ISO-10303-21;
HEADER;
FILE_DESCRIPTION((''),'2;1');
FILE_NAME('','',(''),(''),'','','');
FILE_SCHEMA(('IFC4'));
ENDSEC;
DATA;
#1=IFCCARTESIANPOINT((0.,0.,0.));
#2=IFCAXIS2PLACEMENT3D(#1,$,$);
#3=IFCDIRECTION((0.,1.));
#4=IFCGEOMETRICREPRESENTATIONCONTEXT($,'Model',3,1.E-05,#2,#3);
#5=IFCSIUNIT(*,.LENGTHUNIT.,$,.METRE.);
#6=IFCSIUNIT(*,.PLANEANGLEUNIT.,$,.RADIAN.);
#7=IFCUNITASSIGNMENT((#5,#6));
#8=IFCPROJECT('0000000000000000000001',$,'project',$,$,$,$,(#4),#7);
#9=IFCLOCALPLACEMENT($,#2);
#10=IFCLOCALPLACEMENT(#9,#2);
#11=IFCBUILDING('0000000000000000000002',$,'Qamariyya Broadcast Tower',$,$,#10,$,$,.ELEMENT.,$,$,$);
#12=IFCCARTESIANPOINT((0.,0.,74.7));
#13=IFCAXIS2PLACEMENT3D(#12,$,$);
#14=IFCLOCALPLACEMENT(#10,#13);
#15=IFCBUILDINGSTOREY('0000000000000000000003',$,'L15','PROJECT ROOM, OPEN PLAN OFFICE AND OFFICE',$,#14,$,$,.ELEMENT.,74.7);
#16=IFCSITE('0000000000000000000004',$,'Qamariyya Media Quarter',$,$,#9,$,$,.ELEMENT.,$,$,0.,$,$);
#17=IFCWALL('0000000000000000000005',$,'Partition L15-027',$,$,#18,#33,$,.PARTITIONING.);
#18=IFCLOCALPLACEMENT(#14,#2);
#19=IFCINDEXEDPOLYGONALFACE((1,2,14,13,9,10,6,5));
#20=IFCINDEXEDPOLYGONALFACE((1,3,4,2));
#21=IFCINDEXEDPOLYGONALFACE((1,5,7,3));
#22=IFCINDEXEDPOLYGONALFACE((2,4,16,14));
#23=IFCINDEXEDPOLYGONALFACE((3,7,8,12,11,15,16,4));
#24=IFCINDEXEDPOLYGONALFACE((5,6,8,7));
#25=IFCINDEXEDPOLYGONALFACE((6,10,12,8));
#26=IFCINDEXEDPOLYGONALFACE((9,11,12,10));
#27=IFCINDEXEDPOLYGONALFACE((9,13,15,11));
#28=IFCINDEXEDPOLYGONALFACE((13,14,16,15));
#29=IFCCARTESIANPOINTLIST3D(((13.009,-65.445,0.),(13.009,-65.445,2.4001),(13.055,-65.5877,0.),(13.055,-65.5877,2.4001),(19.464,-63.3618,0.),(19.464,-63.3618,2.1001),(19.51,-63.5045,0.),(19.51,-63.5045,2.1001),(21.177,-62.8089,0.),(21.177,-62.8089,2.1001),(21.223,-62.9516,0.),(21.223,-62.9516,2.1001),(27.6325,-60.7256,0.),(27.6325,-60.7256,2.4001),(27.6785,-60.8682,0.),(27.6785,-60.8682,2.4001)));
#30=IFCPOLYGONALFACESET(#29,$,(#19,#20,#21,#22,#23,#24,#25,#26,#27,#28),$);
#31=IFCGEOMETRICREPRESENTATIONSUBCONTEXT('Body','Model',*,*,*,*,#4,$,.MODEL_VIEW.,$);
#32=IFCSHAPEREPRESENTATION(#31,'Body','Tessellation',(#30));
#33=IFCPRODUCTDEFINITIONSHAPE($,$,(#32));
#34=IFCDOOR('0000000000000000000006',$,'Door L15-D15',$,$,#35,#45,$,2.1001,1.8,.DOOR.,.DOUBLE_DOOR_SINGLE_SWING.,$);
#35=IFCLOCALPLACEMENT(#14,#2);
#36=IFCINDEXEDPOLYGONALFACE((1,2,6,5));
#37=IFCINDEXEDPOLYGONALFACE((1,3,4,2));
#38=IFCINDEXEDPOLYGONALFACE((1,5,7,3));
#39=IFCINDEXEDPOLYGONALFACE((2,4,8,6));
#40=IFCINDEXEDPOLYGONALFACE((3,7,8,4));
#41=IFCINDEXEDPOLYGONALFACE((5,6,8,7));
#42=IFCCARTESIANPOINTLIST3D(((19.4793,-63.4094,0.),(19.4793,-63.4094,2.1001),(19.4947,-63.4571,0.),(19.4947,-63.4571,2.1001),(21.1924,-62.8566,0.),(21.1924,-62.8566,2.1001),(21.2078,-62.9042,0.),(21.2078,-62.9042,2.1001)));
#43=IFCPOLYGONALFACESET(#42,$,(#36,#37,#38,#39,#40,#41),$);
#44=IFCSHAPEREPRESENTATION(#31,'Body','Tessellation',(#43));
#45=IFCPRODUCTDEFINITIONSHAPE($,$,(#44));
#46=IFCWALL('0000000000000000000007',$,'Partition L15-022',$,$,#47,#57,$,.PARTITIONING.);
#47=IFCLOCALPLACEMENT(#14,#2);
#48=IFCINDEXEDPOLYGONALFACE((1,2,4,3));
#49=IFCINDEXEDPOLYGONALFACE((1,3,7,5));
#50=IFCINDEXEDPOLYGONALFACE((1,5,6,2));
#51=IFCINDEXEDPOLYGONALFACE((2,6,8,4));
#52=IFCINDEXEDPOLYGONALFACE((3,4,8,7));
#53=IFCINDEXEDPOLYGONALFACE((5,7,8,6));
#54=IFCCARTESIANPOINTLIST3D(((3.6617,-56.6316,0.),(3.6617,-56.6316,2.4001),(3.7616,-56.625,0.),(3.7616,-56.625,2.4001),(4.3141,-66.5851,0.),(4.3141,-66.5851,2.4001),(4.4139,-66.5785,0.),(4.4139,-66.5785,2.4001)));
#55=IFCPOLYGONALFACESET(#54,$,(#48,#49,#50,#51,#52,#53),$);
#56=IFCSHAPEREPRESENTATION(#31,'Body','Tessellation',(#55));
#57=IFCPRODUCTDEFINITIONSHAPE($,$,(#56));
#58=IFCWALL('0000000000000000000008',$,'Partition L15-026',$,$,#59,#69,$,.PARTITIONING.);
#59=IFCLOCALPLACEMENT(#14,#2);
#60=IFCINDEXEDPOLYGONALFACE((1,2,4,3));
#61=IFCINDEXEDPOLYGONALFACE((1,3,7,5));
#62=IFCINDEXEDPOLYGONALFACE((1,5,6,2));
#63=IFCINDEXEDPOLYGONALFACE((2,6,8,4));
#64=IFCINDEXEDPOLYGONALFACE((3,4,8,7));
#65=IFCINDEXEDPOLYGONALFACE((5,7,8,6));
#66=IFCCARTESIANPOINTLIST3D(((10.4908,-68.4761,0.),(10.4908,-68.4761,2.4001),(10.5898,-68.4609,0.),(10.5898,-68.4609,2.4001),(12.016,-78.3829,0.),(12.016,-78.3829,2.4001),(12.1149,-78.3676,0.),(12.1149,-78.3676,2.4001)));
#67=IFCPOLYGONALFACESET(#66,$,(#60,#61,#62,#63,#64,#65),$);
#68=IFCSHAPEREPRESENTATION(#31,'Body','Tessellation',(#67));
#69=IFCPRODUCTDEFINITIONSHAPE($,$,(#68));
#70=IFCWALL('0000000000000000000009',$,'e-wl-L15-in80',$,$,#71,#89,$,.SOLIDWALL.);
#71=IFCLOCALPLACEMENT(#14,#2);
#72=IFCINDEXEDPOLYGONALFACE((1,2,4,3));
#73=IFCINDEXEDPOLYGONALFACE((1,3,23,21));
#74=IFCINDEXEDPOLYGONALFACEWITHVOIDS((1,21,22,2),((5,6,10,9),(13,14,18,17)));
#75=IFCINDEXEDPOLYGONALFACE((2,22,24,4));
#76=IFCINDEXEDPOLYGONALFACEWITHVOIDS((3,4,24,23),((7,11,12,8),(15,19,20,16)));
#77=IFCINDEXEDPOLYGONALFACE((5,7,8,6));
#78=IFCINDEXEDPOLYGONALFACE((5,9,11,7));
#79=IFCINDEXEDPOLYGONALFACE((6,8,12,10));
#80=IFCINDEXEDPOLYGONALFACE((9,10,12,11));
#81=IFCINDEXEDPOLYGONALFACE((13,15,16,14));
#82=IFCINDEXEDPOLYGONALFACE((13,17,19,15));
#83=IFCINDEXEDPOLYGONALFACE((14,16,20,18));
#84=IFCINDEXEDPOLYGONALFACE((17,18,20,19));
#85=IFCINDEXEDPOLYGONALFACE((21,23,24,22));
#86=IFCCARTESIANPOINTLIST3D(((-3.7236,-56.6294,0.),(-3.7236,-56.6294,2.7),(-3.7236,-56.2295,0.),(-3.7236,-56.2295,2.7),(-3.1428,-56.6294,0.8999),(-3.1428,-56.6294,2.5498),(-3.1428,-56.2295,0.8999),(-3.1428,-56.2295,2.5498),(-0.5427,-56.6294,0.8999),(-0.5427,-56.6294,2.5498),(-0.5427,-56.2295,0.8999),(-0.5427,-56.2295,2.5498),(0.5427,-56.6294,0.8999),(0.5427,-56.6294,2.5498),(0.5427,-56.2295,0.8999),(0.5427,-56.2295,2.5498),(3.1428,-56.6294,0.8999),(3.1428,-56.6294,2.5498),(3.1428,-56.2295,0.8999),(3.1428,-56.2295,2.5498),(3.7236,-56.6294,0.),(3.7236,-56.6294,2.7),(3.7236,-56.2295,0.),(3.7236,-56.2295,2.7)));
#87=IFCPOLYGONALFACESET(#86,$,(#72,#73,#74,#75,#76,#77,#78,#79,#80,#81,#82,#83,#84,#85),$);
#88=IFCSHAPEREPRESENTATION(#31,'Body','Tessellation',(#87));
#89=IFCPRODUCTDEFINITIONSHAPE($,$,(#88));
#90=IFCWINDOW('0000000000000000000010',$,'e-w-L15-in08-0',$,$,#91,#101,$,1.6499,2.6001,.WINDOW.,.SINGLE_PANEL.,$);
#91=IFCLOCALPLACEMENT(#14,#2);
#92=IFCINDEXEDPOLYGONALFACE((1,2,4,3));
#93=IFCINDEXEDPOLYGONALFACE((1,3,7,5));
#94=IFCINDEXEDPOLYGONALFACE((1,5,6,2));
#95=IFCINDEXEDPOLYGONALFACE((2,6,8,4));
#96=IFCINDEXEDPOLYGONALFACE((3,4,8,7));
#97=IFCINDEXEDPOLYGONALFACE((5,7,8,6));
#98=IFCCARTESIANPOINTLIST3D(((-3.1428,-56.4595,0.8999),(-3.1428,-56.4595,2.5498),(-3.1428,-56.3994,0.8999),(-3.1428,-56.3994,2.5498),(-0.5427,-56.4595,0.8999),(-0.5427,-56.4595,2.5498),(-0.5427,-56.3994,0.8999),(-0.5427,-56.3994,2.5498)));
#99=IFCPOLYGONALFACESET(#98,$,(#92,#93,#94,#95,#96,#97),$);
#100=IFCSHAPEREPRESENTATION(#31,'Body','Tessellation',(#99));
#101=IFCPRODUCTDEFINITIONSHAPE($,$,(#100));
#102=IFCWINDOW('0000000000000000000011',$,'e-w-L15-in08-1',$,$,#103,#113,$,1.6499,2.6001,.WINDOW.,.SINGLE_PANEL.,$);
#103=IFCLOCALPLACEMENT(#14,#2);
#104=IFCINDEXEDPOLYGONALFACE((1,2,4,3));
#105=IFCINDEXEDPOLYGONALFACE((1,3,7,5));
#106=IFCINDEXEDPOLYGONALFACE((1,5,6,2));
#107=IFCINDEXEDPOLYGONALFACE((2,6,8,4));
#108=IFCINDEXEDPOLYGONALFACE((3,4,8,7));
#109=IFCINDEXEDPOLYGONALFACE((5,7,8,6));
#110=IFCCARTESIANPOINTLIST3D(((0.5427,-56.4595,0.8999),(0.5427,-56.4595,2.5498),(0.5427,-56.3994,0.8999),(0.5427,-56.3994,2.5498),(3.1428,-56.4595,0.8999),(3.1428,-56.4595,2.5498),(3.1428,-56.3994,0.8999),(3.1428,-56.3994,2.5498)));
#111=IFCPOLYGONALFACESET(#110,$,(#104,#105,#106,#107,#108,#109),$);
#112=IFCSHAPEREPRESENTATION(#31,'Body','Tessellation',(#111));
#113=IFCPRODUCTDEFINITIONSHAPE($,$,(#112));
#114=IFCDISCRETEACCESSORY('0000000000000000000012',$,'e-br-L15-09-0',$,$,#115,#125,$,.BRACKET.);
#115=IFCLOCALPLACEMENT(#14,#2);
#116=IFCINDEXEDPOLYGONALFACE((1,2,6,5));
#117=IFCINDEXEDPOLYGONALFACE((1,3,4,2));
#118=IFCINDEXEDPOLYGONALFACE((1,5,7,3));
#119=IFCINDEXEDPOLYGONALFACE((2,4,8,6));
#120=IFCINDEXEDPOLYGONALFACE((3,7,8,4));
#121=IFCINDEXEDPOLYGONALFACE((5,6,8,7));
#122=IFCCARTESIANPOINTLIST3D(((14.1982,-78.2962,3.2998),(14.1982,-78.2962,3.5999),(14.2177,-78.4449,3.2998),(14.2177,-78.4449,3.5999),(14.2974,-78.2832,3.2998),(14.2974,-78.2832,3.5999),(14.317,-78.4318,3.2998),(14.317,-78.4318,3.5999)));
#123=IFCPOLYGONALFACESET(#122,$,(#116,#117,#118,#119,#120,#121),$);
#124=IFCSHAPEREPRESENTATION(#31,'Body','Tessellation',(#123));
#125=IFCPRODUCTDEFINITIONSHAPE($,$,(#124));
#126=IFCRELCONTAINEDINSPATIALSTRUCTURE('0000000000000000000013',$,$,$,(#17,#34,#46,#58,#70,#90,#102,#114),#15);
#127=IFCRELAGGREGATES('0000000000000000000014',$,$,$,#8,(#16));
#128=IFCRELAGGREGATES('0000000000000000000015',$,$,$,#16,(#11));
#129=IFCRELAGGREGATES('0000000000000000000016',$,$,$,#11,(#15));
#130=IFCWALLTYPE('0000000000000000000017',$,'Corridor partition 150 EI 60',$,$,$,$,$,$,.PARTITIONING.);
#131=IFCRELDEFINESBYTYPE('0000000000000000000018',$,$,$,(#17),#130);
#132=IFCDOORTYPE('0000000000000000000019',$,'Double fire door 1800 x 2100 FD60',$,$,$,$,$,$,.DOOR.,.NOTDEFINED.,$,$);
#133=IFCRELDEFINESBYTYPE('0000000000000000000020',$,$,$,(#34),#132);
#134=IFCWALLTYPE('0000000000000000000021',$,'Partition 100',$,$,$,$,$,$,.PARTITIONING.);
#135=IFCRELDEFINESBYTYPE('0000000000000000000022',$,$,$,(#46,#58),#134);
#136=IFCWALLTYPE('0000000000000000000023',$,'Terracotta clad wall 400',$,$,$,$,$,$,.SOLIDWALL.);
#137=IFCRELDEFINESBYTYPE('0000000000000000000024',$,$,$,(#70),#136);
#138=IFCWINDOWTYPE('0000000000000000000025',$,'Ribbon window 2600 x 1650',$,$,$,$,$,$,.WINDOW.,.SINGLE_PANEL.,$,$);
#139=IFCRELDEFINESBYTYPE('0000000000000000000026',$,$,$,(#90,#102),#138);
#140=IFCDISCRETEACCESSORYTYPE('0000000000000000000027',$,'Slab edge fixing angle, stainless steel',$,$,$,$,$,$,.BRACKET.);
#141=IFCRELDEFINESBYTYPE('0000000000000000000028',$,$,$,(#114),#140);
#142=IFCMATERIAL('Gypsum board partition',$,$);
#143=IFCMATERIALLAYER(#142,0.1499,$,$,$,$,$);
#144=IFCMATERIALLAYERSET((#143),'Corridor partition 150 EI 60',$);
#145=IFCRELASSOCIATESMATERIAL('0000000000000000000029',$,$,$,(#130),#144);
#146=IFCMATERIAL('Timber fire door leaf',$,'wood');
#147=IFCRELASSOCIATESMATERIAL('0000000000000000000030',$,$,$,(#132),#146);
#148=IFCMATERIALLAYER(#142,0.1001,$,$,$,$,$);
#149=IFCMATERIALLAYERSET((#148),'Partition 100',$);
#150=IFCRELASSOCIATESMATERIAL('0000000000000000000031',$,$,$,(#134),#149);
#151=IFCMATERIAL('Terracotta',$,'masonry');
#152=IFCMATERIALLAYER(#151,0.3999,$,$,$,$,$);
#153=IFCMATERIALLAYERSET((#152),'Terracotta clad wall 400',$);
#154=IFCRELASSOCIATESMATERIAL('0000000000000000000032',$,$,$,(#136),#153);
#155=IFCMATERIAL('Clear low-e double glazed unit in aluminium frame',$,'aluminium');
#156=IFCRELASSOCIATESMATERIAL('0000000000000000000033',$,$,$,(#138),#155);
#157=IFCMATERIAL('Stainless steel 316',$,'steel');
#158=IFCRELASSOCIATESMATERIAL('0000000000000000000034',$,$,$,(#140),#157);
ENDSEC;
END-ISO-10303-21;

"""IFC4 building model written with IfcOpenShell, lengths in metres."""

from ifc_helpers import new_model, si_unit, direction, frame, frame_2d, origin, origin_2d, place, context, subcontext, project, spatial, rectangle, extrude, material, layer, layer_set, type_object, element, fill, save


model = new_model("IFC4")

# Units and contexts
model_context = context("Model", 3, precision=1e-05, world=origin(), true_north=direction((0.0, 1.0)))
body_context = subcontext(model_context, "Body", "Model", "MODEL_VIEW")
ifc_project = project(units=[si_unit("LENGTHUNIT", "METRE"), si_unit("PLANEANGLEUNIT", "RADIAN")], contexts=[model_context])

# Site, building, storey
site_placement = place(None, origin())
site = spatial("IfcSite", under=ifc_project, at=site_placement, Name="Qamariyya Media Quarter", CompositionType="ELEMENT", RefElevation=0.0)
building_placement = place(site_placement, origin())
building = spatial("IfcBuilding", under=site, at=building_placement, Name="Qamariyya Broadcast Tower", CompositionType="ELEMENT")
storey_placement = place(building_placement, frame((0.0, 0.0, 74.7)))
storey = spatial("IfcBuildingStorey", under=building, at=storey_placement, Name="L15", Description="PROJECT ROOM, OPEN PLAN OFFICE AND OFFICE", CompositionType="ELEMENT", Elevation=74.7)

# Wall, opening, door
ifc_material_1 = material(Name="Gypsum board partition")
ifc_layer_1 = layer(ifc_material_1, 0.1499)
ifc_layer_set_1 = layer_set([ifc_layer_1], Name="Corridor partition 150 EI 60")
wall_type_1 = type_object("IfcWallType", Name="Corridor partition 150 EI 60", PredefinedType="PARTITIONING", material=ifc_layer_set_1)
ifc_material_2 = material(Name="Timber fire door leaf", Category="wood")
door_type_1 = type_object("IfcDoorType", Name="Double fire door 1800 x 2100 FD60", OperationType="NOTDEFINED", PredefinedType="DOOR", material=ifc_material_2)
wall_1_placement = place(storey_placement, frame((13.032, -65.5164, 0.0), z_axis=(0.0, 0.0, 1.0), x_axis=(0.951667, 0.307133, 0.0)))
wall_1 = element("IfcWall", 1, at=wall_1_placement, inside=storey, type_object=wall_type_1, Name="Partition L15-027", PredefinedType="PARTITIONING", context=body_context, shape_type="SweptSolid", body=[
    extrude(rectangle(XDim=15.3662, YDim=0.1499, at=frame_2d((7.6831, 0.0))), origin(), (0.0, 0.0, 1.0), 2.4001),
])
opening_1_placement = place(wall_1_placement, frame((6.783, 0.0, 0.0)))
opening_1 = element("IfcOpeningElement", 2, at=opening_1_placement, cuts=wall_1, PredefinedType="OPENING", context=body_context, shape_type="SweptSolid", body=[
    extrude(rectangle(XDim=1.8, YDim=2.1001, at=frame_2d((0.8999, 1.05))), frame((0.0, 0.085, 0.0), z_axis=(0.0, -1.0, 0.0), x_axis=(1.0, 0.0, 0.0)), (0.0, 0.0, 1.0), 0.1699),
])
door_1_placement = place(opening_1_placement, origin())
door_1 = element("IfcDoor", 3, at=door_1_placement, inside=storey, type_object=door_type_1, Name="Door L15-D15", OperationType="DOUBLE_DOOR_SINGLE_SWING", OverallHeight=2.1001, OverallWidth=1.8, PredefinedType="DOOR", context=body_context, shape_type="SweptSolid", body=[
    extrude(rectangle(XDim=1.8, YDim=2.1001, at=frame_2d((0.8999, 1.05))), frame((0.0, 0.0249, 0.0), z_axis=(0.0, -1.0, 0.0), x_axis=(1.0, 0.0, 0.0)), (0.0, 0.0, 1.0), 0.05),
])
fill(opening_1, door_1)

# Walls
ifc_layer_2 = layer(ifc_material_1, 0.1001)
ifc_layer_set_2 = layer_set([ifc_layer_2], Name="Partition 100")
wall_type_2 = type_object("IfcWallType", Name="Partition 100", PredefinedType="PARTITIONING", material=ifc_layer_set_2)
wall_2_placement = place(storey_placement, frame((3.7117, -56.6284, 0.0), z_axis=(0.0, 0.0, 1.0), x_axis=(0.065398, -0.997859, 0.0)))
element("IfcWall", 4, at=wall_2_placement, inside=storey, type_object=wall_type_2, Name="Partition L15-022", PredefinedType="PARTITIONING", context=body_context, shape_type="SweptSolid", body=[
    extrude(rectangle(XDim=9.9749, YDim=0.1001, at=frame_2d((4.9873, 0.0))), origin(), (0.0, 0.0, 1.0), 2.4001),
])
wall_3_placement = place(storey_placement, frame((12.0654, -78.3752, 0.0), z_axis=(0.0, 0.0, 1.0), x_axis=(-0.152158, 0.988356, 0.0)))
element("IfcWall", 5, at=wall_3_placement, inside=storey, type_object=wall_type_2, Name="Partition L15-026", PredefinedType="PARTITIONING", context=body_context, shape_type="SweptSolid", body=[
    extrude(rectangle(XDim=10.0234, YDim=0.1001, at=frame_2d((5.0117, 0.0))), origin(), (0.0, 0.0, 1.0), 2.4001),
])

# Wall, openings, windows
ifc_material_3 = material(Name="Terracotta", Category="masonry")
ifc_layer_3 = layer(ifc_material_3, 0.3999)
ifc_layer_set_3 = layer_set([ifc_layer_3], Name="Terracotta clad wall 400")
wall_type_3 = type_object("IfcWallType", Name="Terracotta clad wall 400", PredefinedType="SOLIDWALL", material=ifc_layer_set_3)
wall_4_placement = place(storey_placement, frame((3.7236, -56.4294, 0.0), z_axis=(0.0, 0.0, 1.0), x_axis=(-1.0, 0.0, 0.0)))
wall_4 = element("IfcWall", 6, at=wall_4_placement, inside=storey, type_object=wall_type_3, Name="e-wl-L15-in80", PredefinedType="SOLIDWALL", context=body_context, shape_type="SweptSolid", body=[
    extrude(rectangle(XDim=7.4473, YDim=0.3999, at=frame_2d((3.7236, 0.0))), origin(), (0.0, 0.0, 1.0), 2.7),
])
opening_2_placement = place(wall_4_placement, frame((4.2664, 0.0, 0.8999)))
opening_2 = element("IfcOpeningElement", 7, at=opening_2_placement, cuts=wall_4, PredefinedType="OPENING", context=body_context, shape_type="SweptSolid", body=[
    extrude(rectangle(XDim=2.6001, YDim=1.6499, at=frame_2d((1.3, 0.825))), frame((0.0, 0.21, 0.0), z_axis=(0.0, -1.0, 0.0), x_axis=(1.0, 0.0, 0.0)), (0.0, 0.0, 1.0), 0.4199),
])
opening_3_placement = place(wall_4_placement, frame((0.5808, 0.0, 0.8999)))
opening_3 = element("IfcOpeningElement", 8, at=opening_3_placement, cuts=wall_4, PredefinedType="OPENING", context=body_context, shape_type="SweptSolid", body=[
    extrude(rectangle(XDim=2.6001, YDim=1.6499, at=frame_2d((1.3, 0.825))), frame((0.0, 0.21, 0.0), z_axis=(0.0, -1.0, 0.0), x_axis=(1.0, 0.0, 0.0)), (0.0, 0.0, 1.0), 0.4199),
])
ifc_material_4 = material(Name="Clear low-e double glazed unit in aluminium frame", Category="aluminium")
window_type = type_object("IfcWindowType", Name="Ribbon window 2600 x 1650", PartitioningType="SINGLE_PANEL", PredefinedType="WINDOW", material=ifc_material_4)
window_1_placement = place(opening_2_placement, origin())
window_1 = element("IfcWindow", 9, at=window_1_placement, inside=storey, type_object=window_type, Name="e-w-L15-in08-0", OverallHeight=1.6499, OverallWidth=2.6001, PartitioningType="SINGLE_PANEL", PredefinedType="WINDOW", context=body_context, shape_type="SweptSolid", body=[
    extrude(rectangle(XDim=2.6001, YDim=1.6499, at=frame_2d((1.3, 0.825))), frame((0.0, 0.03, 0.0), z_axis=(0.0, -1.0, 0.0), x_axis=(1.0, 0.0, 0.0)), (0.0, 0.0, 1.0), 0.0601),
])
fill(opening_2, window_1)
window_2_placement = place(opening_3_placement, origin())
window_2 = element("IfcWindow", 10, at=window_2_placement, inside=storey, type_object=window_type, Name="e-w-L15-in08-1", OverallHeight=1.6499, OverallWidth=2.6001, PartitioningType="SINGLE_PANEL", PredefinedType="WINDOW", context=body_context, shape_type="SweptSolid", body=[
    extrude(rectangle(XDim=2.6001, YDim=1.6499, at=frame_2d((1.3, 0.825))), frame((0.0, 0.03, 0.0), z_axis=(0.0, -1.0, 0.0), x_axis=(1.0, 0.0, 0.0)), (0.0, 0.0, 1.0), 0.0601),
])
fill(opening_3, window_2)

# Discrete accessory
ifc_material_5 = material(Name="Stainless steel 316", Category="steel")
discrete_accessory_type = type_object("IfcDiscreteAccessoryType", Name="Slab edge fixing angle, stainless steel", PredefinedType="BRACKET", material=ifc_material_5)
discrete_accessory_placement = place(storey_placement, frame((14.2576, -78.364, 3.2998), z_axis=(0.0, 0.0, 1.0), x_axis=(0.991445, 0.130526, 0.0)))
element("IfcDiscreteAccessory", 11, at=discrete_accessory_placement, inside=storey, type_object=discrete_accessory_type, Name="e-br-L15-09-0", PredefinedType="BRACKET", context=body_context, shape_type="SweptSolid", body=[
    extrude(rectangle(XDim=0.1001, YDim=0.1499, at=origin_2d()), origin(), (0.0, 0.0, 1.0), 0.3),
])

save(model, "model.ifc")
